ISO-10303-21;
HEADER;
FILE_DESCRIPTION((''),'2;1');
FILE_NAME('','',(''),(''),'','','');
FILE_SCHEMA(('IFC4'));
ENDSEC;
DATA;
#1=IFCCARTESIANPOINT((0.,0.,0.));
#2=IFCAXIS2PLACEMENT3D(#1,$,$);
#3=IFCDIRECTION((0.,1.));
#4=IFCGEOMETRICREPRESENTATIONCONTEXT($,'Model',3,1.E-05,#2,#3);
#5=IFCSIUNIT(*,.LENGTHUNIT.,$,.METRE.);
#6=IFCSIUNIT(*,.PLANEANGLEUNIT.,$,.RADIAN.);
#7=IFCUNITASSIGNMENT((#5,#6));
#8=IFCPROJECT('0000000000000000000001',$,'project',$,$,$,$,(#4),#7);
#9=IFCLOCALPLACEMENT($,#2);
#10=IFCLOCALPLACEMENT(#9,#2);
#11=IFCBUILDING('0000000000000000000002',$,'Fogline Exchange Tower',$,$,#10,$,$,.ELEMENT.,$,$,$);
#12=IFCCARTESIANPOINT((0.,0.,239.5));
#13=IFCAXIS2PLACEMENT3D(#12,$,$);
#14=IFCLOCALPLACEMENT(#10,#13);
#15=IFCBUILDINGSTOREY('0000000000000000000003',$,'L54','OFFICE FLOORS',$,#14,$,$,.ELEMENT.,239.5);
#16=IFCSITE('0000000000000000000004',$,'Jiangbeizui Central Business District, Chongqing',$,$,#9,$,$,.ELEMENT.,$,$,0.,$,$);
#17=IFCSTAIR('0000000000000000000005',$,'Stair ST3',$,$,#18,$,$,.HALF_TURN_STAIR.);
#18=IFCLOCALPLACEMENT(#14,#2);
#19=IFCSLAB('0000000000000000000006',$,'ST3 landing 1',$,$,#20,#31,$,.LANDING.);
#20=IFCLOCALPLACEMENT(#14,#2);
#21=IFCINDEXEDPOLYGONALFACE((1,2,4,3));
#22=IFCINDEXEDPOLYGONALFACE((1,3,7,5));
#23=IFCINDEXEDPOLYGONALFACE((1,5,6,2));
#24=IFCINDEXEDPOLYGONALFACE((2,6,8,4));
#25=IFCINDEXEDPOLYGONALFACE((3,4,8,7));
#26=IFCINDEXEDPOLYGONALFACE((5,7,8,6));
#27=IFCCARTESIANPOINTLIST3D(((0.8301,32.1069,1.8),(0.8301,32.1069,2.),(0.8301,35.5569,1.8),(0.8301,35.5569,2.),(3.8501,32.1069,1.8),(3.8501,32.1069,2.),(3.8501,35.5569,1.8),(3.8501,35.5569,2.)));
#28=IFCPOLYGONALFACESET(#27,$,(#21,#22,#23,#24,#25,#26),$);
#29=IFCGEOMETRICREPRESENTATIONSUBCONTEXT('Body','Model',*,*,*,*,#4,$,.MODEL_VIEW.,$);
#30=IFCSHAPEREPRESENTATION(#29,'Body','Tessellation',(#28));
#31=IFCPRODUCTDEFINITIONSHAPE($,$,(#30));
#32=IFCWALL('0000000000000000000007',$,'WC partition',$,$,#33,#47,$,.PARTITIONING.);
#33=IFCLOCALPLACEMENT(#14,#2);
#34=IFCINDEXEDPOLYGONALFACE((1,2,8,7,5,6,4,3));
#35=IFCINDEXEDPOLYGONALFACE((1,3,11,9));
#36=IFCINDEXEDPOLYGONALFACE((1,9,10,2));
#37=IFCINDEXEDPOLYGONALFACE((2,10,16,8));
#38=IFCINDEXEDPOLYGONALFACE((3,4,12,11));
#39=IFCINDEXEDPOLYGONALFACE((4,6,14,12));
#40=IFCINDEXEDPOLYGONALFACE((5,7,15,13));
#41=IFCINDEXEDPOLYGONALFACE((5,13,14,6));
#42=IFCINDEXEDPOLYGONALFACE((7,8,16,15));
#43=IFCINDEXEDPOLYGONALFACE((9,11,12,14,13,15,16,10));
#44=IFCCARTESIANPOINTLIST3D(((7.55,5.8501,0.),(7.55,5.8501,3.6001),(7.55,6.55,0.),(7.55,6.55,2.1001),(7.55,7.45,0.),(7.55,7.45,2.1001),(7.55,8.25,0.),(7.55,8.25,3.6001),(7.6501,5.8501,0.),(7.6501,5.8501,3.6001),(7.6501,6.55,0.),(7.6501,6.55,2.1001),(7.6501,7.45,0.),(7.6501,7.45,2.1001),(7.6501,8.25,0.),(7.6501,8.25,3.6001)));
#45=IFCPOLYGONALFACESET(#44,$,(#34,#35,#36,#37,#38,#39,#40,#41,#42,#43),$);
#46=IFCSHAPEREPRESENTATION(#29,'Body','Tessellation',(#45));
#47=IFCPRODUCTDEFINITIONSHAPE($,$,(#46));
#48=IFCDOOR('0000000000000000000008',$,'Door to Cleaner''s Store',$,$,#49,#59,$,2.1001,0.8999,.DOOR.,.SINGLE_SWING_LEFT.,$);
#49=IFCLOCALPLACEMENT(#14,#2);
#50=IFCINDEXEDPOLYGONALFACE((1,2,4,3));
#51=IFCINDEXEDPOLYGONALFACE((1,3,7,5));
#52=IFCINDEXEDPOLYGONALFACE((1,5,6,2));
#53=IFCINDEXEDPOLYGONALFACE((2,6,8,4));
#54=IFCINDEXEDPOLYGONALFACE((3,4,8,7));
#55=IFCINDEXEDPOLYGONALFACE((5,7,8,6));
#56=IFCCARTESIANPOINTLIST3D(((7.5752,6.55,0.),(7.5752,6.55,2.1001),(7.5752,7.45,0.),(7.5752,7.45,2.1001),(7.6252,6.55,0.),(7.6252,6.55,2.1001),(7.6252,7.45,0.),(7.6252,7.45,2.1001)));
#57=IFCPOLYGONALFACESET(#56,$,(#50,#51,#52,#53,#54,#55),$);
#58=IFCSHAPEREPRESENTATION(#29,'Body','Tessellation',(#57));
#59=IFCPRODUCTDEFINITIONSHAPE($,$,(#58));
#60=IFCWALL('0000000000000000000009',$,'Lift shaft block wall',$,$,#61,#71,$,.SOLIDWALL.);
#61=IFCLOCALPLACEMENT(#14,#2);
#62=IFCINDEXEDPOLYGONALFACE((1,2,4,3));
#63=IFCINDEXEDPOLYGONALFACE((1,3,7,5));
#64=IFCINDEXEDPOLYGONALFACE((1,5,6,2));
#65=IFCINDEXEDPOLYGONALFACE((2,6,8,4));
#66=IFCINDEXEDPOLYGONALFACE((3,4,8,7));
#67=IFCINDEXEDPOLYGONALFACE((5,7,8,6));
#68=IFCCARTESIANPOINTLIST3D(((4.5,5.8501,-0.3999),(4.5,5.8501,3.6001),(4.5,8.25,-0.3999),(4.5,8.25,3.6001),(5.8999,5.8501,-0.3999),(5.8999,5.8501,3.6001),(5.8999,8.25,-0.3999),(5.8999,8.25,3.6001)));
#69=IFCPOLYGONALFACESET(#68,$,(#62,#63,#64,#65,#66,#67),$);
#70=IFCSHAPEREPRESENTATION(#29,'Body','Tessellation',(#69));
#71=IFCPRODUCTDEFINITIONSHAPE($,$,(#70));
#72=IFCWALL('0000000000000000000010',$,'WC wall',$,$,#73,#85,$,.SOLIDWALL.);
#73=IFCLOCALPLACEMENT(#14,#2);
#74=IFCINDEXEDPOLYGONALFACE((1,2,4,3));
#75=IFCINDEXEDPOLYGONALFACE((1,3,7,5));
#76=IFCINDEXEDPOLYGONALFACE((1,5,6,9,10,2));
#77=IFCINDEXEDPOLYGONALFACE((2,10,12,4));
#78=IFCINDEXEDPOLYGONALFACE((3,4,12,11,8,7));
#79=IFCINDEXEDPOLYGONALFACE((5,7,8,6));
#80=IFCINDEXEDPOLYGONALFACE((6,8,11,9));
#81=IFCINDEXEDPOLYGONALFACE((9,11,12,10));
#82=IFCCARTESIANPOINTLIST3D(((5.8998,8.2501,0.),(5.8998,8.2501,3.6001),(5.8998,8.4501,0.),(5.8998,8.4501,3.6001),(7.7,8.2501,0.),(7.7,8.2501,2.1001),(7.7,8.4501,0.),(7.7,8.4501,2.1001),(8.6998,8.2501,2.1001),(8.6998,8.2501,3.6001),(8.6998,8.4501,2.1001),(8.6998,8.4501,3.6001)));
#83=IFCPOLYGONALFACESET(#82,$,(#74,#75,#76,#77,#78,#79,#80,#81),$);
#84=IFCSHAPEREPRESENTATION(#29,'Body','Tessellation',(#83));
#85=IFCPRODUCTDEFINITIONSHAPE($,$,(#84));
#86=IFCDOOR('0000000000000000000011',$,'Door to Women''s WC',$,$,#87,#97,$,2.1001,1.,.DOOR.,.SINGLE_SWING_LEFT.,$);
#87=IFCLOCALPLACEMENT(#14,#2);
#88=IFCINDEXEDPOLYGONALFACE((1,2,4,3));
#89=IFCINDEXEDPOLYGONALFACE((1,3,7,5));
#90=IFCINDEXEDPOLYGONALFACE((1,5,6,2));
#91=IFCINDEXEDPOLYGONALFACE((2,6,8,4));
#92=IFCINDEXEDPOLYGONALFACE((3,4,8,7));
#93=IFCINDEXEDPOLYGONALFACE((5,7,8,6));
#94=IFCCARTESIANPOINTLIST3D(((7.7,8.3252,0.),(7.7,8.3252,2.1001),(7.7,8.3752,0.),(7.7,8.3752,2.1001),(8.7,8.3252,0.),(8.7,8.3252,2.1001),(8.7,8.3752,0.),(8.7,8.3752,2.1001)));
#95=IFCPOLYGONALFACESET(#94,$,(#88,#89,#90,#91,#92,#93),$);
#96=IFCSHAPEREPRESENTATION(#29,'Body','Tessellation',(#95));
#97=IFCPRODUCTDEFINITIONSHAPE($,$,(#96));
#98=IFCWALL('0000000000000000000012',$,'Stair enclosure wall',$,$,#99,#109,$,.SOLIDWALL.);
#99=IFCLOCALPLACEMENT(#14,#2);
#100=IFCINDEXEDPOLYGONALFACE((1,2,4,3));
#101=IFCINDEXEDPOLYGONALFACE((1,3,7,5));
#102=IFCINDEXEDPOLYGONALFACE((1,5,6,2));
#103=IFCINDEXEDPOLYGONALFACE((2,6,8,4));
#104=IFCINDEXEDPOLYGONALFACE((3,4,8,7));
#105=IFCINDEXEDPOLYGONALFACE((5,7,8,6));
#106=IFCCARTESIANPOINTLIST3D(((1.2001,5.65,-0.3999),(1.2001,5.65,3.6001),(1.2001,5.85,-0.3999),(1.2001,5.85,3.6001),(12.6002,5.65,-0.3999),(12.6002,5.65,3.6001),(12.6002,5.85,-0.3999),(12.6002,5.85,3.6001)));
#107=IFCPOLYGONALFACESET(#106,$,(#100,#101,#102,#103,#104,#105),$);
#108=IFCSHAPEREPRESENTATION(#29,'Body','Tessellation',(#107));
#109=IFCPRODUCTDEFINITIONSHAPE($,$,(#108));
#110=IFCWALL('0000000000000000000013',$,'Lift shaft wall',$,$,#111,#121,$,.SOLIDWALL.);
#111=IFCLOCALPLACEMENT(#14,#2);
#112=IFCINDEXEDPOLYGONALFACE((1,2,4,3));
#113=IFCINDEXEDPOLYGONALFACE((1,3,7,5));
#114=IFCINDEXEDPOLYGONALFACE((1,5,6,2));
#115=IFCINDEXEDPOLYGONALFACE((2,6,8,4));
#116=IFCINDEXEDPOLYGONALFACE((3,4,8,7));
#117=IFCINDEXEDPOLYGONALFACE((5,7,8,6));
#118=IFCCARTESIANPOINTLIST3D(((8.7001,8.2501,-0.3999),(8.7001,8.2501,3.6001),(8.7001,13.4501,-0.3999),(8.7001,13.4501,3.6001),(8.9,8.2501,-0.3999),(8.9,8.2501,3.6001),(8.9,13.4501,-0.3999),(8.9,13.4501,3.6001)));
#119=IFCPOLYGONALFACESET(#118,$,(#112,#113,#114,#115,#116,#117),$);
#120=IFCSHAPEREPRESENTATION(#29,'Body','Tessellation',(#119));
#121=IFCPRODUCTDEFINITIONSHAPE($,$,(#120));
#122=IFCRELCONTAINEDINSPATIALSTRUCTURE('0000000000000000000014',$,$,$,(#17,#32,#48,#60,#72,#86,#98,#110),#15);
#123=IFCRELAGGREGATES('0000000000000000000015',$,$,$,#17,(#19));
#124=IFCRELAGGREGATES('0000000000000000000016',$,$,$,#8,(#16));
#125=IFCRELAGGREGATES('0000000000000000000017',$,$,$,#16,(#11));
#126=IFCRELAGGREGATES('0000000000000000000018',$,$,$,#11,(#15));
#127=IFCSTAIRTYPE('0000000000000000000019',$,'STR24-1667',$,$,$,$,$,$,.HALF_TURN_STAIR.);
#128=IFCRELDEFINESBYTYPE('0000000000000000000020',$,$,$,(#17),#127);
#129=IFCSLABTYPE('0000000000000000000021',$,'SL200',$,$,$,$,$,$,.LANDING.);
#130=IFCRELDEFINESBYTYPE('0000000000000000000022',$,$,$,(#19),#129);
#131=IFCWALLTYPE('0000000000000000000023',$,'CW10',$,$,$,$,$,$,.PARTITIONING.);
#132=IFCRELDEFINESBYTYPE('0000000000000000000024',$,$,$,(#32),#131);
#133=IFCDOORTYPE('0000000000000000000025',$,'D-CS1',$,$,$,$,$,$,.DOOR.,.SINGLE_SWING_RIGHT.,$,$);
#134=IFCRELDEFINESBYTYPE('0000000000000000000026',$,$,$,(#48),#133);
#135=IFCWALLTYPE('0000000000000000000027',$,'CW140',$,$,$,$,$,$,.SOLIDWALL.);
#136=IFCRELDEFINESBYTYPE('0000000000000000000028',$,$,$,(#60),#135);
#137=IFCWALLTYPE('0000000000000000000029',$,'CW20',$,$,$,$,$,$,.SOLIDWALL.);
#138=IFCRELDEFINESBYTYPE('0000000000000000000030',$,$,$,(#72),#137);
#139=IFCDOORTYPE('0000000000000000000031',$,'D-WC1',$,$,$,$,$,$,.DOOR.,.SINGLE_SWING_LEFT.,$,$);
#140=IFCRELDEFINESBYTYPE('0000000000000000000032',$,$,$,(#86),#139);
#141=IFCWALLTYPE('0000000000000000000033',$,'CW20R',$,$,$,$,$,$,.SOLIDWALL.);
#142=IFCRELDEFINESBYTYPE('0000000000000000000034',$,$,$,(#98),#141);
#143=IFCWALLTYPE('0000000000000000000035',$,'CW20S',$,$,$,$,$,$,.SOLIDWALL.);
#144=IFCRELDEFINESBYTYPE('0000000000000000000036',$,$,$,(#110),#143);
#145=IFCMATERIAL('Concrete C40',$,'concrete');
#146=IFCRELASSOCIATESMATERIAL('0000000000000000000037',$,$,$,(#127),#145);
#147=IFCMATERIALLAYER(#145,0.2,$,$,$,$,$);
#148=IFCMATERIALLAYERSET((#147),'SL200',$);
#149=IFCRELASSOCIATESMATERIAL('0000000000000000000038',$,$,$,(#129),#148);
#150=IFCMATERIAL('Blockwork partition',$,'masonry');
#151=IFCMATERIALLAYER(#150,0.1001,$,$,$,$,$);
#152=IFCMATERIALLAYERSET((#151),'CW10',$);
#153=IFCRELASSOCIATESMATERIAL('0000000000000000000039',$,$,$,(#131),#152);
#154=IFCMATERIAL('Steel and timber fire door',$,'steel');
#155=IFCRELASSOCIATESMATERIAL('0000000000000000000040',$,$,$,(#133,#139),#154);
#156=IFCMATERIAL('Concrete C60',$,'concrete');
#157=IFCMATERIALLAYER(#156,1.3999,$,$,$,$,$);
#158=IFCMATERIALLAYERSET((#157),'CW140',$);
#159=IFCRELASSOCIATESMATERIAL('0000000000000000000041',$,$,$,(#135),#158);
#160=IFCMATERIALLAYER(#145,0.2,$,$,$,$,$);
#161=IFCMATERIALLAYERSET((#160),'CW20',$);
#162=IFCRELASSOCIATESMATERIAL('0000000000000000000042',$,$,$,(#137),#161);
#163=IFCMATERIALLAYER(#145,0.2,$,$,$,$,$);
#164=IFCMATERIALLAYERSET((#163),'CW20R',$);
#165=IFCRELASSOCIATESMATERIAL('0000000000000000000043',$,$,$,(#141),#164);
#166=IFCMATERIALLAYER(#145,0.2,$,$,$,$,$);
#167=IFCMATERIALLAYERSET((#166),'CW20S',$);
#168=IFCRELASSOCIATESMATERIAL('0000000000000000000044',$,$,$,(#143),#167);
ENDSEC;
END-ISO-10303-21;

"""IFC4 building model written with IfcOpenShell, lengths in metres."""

from ifc_helpers import new_model, si_unit, direction, frame, frame_2d, origin, place, context, subcontext, project, spatial, polyline, rectangle, outline, extrude, material, layer, layer_set, type_object, element, fill, aggregate, save


model = new_model("IFC4")

# Units and contexts
model_context = context("Model", 3, precision=1e-05, world=origin(), true_north=direction((0.0, 1.0)))
body_context = subcontext(model_context, "Body", "Model", "MODEL_VIEW")
ifc_project = project(units=[si_unit("LENGTHUNIT", "METRE"), si_unit("PLANEANGLEUNIT", "RADIAN")], contexts=[model_context])

# Site, building, storey
site_placement = place(None, origin())
site = spatial("IfcSite", under=ifc_project, at=site_placement, Name="Jiangbeizui Central Business District, Chongqing", CompositionType="ELEMENT", RefElevation=0.0)
building_placement = place(site_placement, origin())
building = spatial("IfcBuilding", under=site, at=building_placement, Name="Fogline Exchange Tower", CompositionType="ELEMENT")
storey_placement = place(building_placement, frame((0.0, 0.0, 239.5)))
storey = spatial("IfcBuildingStorey", under=building, at=storey_placement, Name="L54", Description="OFFICE FLOORS", CompositionType="ELEMENT", Elevation=239.5)

# Stair, slab
ifc_material_1 = material(Name="Concrete C40", Category="concrete")
stair_type = type_object("IfcStairType", Name="STR24-1667", PredefinedType="HALF_TURN_STAIR", material=ifc_material_1)
stair_1_placement = place(storey_placement, origin())
stair_1 = element("IfcStair", 1, at=stair_1_placement, inside=storey, type_object=stair_type, Name="Stair ST3", PredefinedType="HALF_TURN_STAIR")
ifc_layer_1 = layer(ifc_material_1, 0.2)
ifc_layer_set_1 = layer_set([ifc_layer_1], Name="SL200")
slab_type = type_object("IfcSlabType", Name="SL200", PredefinedType="LANDING", material=ifc_layer_set_1)
slab_placement = place(storey_placement, frame((0.0, 0.0, 1.8)))
slab = element("IfcSlab", 2, at=slab_placement, type_object=slab_type, Name="ST3 landing 1", PredefinedType="LANDING", context=body_context, shape_type="SweptSolid", body=[
    extrude(outline(polyline([(0.8301, 32.1069), (3.8501, 32.1069), (3.8501, 35.5569), (0.8301, 35.5569), (0.8301, 32.1069)])), origin(), (0.0, 0.0, 1.0), 0.2),
])
aggregate(stair_1, [slab])

# Wall, opening, door
ifc_material_2 = material(Name="Blockwork partition", Category="masonry")
ifc_layer_2 = layer(ifc_material_2, 0.1001)
ifc_layer_set_2 = layer_set([ifc_layer_2], Name="CW10")
wall_type_1 = type_object("IfcWallType", Name="CW10", PredefinedType="PARTITIONING", material=ifc_layer_set_2)
wall_1_placement = place(storey_placement, frame((7.6001, 5.8501, 0.0), z_axis=(0.0, 0.0, 1.0), x_axis=(0.0, 1.0, 0.0)))
wall_1 = element("IfcWall", 3, at=wall_1_placement, inside=storey, type_object=wall_type_1, Name="WC partition", PredefinedType="PARTITIONING", context=body_context, shape_type="SweptSolid", body=[
    extrude(rectangle(XDim=2.3999, YDim=0.1001, at=frame_2d((1.2, 0.0))), origin(), (0.0, 0.0, 1.0), 3.6001),
])
opening_1_placement = place(wall_1_placement, frame((0.7, 0.0, 0.0)))
opening_1 = element("IfcOpeningElement", 4, at=opening_1_placement, cuts=wall_1, PredefinedType="OPENING", context=body_context, shape_type="SweptSolid", body=[
    extrude(rectangle(XDim=0.8999, YDim=2.1001, at=frame_2d((0.45, 1.05))), frame((0.0, 0.0601, 0.0), z_axis=(0.0, -1.0, 0.0), x_axis=(1.0, 0.0, 0.0)), (0.0, 0.0, 1.0), 0.1201),
])
ifc_material_3 = material(Name="Steel and timber fire door", Category="steel")
door_type_1 = type_object("IfcDoorType", Name="D-CS1", OperationType="SINGLE_SWING_RIGHT", PredefinedType="DOOR", material=ifc_material_3)
door_1_placement = place(opening_1_placement, origin())
door_1 = element("IfcDoor", 5, at=door_1_placement, inside=storey, type_object=door_type_1, Name="Door to Cleaner's Store", OperationType="SINGLE_SWING_LEFT", OverallHeight=2.1001, OverallWidth=0.8999, PredefinedType="DOOR", context=body_context, shape_type="SweptSolid", body=[
    extrude(rectangle(XDim=0.8999, YDim=2.1001, at=frame_2d((0.45, 1.05))), frame((0.0, 0.0249, 0.0), z_axis=(0.0, -1.0, 0.0), x_axis=(1.0, 0.0, 0.0)), (0.0, 0.0, 1.0), 0.05),
])
fill(opening_1, door_1)

# Wall
ifc_material_4 = material(Name="Concrete C60", Category="concrete")
ifc_layer_3 = layer(ifc_material_4, 1.3999)
ifc_layer_set_3 = layer_set([ifc_layer_3], Name="CW140")
wall_type_2 = type_object("IfcWallType", Name="CW140", PredefinedType="SOLIDWALL", material=ifc_layer_set_3)
wall_2_placement = place(storey_placement, frame((5.2, 5.8501, -0.3999), z_axis=(0.0, 0.0, 1.0), x_axis=(0.0, 1.0, 0.0)))
element("IfcWall", 6, at=wall_2_placement, inside=storey, type_object=wall_type_2, Name="Lift shaft block wall", PredefinedType="SOLIDWALL", context=body_context, shape_type="SweptSolid", body=[
    extrude(rectangle(XDim=2.3999, YDim=1.3999, at=frame_2d((1.2, 0.0))), origin(), (0.0, 0.0, 1.0), 4.0),
])

# Wall, opening, door
ifc_layer_4 = layer(ifc_material_1, 0.2)
ifc_layer_set_4 = layer_set([ifc_layer_4], Name="CW20")
wall_type_3 = type_object("IfcWallType", Name="CW20", PredefinedType="SOLIDWALL", material=ifc_layer_set_4)
wall_3_placement = place(storey_placement, frame((5.8999, 8.3501, 0.0), z_axis=(0.0, 0.0, 1.0), x_axis=(1.0, 0.0, 0.0)))
wall_3 = element("IfcWall", 7, at=wall_3_placement, inside=storey, type_object=wall_type_3, Name="WC wall", PredefinedType="SOLIDWALL", context=body_context, shape_type="SweptSolid", body=[
    extrude(rectangle(XDim=2.8, YDim=0.2, at=frame_2d((1.3999, 0.0))), origin(), (0.0, 0.0, 1.0), 3.6001),
])
opening_2_placement = place(wall_3_placement, frame((1.8, 0.0, 0.0)))
opening_2 = element("IfcOpeningElement", 8, at=opening_2_placement, cuts=wall_3, PredefinedType="OPENING", context=body_context, shape_type="SweptSolid", body=[
    extrude(rectangle(XDim=1.0, YDim=2.1001, at=frame_2d((0.5, 1.05))), frame((0.0, 0.1099, 0.0), z_axis=(0.0, -1.0, 0.0), x_axis=(1.0, 0.0, 0.0)), (0.0, 0.0, 1.0), 0.22),
])
door_type_2 = type_object("IfcDoorType", Name="D-WC1", OperationType="SINGLE_SWING_LEFT", PredefinedType="DOOR", material=ifc_material_3)
door_2_placement = place(opening_2_placement, frame((1.0, 0.0, 0.0), z_axis=(0.0, 0.0, 1.0), x_axis=(-1.0, 0.0, 0.0)))
door_2 = element("IfcDoor", 9, at=door_2_placement, inside=storey, type_object=door_type_2, Name="Door to Women's WC", OperationType="SINGLE_SWING_LEFT", OverallHeight=2.1001, OverallWidth=1.0, PredefinedType="DOOR", context=body_context, shape_type="SweptSolid", body=[
    extrude(rectangle(XDim=1.0, YDim=2.1001, at=frame_2d((0.5, 1.05))), frame((0.0, 0.0249, 0.0), z_axis=(0.0, -1.0, 0.0), x_axis=(1.0, 0.0, 0.0)), (0.0, 0.0, 1.0), 0.05),
])
fill(opening_2, door_2)

# Walls
ifc_layer_5 = layer(ifc_material_1, 0.2)
ifc_layer_set_5 = layer_set([ifc_layer_5], Name="CW20R")
wall_type_4 = type_object("IfcWallType", Name="CW20R", PredefinedType="SOLIDWALL", material=ifc_layer_set_5)
wall_4_placement = place(storey_placement, frame((1.2, 5.75, -0.3999), z_axis=(0.0, 0.0, 1.0), x_axis=(1.0, 0.0, 0.0)))
element("IfcWall", 10, at=wall_4_placement, inside=storey, type_object=wall_type_4, Name="Stair enclosure wall", PredefinedType="SOLIDWALL", context=body_context, shape_type="SweptSolid", body=[
    extrude(rectangle(XDim=11.4001, YDim=0.2, at=frame_2d((5.7002, 0.0))), origin(), (0.0, 0.0, 1.0), 4.0),
])
ifc_layer_6 = layer(ifc_material_1, 0.2)
ifc_layer_set_6 = layer_set([ifc_layer_6], Name="CW20S")
wall_type_5 = type_object("IfcWallType", Name="CW20S", PredefinedType="SOLIDWALL", material=ifc_layer_set_6)
wall_5_placement = place(storey_placement, frame((8.8, 8.25, -0.3999), z_axis=(0.0, 0.0, 1.0), x_axis=(0.0, 1.0, 0.0)))
element("IfcWall", 11, at=wall_5_placement, inside=storey, type_object=wall_type_5, Name="Lift shaft wall", PredefinedType="SOLIDWALL", context=body_context, shape_type="SweptSolid", body=[
    extrude(rectangle(XDim=5.2, YDim=0.2, at=frame_2d((2.6001, 0.0))), origin(), (0.0, 0.0, 1.0), 4.0),
])

save(model, "model.ifc")
